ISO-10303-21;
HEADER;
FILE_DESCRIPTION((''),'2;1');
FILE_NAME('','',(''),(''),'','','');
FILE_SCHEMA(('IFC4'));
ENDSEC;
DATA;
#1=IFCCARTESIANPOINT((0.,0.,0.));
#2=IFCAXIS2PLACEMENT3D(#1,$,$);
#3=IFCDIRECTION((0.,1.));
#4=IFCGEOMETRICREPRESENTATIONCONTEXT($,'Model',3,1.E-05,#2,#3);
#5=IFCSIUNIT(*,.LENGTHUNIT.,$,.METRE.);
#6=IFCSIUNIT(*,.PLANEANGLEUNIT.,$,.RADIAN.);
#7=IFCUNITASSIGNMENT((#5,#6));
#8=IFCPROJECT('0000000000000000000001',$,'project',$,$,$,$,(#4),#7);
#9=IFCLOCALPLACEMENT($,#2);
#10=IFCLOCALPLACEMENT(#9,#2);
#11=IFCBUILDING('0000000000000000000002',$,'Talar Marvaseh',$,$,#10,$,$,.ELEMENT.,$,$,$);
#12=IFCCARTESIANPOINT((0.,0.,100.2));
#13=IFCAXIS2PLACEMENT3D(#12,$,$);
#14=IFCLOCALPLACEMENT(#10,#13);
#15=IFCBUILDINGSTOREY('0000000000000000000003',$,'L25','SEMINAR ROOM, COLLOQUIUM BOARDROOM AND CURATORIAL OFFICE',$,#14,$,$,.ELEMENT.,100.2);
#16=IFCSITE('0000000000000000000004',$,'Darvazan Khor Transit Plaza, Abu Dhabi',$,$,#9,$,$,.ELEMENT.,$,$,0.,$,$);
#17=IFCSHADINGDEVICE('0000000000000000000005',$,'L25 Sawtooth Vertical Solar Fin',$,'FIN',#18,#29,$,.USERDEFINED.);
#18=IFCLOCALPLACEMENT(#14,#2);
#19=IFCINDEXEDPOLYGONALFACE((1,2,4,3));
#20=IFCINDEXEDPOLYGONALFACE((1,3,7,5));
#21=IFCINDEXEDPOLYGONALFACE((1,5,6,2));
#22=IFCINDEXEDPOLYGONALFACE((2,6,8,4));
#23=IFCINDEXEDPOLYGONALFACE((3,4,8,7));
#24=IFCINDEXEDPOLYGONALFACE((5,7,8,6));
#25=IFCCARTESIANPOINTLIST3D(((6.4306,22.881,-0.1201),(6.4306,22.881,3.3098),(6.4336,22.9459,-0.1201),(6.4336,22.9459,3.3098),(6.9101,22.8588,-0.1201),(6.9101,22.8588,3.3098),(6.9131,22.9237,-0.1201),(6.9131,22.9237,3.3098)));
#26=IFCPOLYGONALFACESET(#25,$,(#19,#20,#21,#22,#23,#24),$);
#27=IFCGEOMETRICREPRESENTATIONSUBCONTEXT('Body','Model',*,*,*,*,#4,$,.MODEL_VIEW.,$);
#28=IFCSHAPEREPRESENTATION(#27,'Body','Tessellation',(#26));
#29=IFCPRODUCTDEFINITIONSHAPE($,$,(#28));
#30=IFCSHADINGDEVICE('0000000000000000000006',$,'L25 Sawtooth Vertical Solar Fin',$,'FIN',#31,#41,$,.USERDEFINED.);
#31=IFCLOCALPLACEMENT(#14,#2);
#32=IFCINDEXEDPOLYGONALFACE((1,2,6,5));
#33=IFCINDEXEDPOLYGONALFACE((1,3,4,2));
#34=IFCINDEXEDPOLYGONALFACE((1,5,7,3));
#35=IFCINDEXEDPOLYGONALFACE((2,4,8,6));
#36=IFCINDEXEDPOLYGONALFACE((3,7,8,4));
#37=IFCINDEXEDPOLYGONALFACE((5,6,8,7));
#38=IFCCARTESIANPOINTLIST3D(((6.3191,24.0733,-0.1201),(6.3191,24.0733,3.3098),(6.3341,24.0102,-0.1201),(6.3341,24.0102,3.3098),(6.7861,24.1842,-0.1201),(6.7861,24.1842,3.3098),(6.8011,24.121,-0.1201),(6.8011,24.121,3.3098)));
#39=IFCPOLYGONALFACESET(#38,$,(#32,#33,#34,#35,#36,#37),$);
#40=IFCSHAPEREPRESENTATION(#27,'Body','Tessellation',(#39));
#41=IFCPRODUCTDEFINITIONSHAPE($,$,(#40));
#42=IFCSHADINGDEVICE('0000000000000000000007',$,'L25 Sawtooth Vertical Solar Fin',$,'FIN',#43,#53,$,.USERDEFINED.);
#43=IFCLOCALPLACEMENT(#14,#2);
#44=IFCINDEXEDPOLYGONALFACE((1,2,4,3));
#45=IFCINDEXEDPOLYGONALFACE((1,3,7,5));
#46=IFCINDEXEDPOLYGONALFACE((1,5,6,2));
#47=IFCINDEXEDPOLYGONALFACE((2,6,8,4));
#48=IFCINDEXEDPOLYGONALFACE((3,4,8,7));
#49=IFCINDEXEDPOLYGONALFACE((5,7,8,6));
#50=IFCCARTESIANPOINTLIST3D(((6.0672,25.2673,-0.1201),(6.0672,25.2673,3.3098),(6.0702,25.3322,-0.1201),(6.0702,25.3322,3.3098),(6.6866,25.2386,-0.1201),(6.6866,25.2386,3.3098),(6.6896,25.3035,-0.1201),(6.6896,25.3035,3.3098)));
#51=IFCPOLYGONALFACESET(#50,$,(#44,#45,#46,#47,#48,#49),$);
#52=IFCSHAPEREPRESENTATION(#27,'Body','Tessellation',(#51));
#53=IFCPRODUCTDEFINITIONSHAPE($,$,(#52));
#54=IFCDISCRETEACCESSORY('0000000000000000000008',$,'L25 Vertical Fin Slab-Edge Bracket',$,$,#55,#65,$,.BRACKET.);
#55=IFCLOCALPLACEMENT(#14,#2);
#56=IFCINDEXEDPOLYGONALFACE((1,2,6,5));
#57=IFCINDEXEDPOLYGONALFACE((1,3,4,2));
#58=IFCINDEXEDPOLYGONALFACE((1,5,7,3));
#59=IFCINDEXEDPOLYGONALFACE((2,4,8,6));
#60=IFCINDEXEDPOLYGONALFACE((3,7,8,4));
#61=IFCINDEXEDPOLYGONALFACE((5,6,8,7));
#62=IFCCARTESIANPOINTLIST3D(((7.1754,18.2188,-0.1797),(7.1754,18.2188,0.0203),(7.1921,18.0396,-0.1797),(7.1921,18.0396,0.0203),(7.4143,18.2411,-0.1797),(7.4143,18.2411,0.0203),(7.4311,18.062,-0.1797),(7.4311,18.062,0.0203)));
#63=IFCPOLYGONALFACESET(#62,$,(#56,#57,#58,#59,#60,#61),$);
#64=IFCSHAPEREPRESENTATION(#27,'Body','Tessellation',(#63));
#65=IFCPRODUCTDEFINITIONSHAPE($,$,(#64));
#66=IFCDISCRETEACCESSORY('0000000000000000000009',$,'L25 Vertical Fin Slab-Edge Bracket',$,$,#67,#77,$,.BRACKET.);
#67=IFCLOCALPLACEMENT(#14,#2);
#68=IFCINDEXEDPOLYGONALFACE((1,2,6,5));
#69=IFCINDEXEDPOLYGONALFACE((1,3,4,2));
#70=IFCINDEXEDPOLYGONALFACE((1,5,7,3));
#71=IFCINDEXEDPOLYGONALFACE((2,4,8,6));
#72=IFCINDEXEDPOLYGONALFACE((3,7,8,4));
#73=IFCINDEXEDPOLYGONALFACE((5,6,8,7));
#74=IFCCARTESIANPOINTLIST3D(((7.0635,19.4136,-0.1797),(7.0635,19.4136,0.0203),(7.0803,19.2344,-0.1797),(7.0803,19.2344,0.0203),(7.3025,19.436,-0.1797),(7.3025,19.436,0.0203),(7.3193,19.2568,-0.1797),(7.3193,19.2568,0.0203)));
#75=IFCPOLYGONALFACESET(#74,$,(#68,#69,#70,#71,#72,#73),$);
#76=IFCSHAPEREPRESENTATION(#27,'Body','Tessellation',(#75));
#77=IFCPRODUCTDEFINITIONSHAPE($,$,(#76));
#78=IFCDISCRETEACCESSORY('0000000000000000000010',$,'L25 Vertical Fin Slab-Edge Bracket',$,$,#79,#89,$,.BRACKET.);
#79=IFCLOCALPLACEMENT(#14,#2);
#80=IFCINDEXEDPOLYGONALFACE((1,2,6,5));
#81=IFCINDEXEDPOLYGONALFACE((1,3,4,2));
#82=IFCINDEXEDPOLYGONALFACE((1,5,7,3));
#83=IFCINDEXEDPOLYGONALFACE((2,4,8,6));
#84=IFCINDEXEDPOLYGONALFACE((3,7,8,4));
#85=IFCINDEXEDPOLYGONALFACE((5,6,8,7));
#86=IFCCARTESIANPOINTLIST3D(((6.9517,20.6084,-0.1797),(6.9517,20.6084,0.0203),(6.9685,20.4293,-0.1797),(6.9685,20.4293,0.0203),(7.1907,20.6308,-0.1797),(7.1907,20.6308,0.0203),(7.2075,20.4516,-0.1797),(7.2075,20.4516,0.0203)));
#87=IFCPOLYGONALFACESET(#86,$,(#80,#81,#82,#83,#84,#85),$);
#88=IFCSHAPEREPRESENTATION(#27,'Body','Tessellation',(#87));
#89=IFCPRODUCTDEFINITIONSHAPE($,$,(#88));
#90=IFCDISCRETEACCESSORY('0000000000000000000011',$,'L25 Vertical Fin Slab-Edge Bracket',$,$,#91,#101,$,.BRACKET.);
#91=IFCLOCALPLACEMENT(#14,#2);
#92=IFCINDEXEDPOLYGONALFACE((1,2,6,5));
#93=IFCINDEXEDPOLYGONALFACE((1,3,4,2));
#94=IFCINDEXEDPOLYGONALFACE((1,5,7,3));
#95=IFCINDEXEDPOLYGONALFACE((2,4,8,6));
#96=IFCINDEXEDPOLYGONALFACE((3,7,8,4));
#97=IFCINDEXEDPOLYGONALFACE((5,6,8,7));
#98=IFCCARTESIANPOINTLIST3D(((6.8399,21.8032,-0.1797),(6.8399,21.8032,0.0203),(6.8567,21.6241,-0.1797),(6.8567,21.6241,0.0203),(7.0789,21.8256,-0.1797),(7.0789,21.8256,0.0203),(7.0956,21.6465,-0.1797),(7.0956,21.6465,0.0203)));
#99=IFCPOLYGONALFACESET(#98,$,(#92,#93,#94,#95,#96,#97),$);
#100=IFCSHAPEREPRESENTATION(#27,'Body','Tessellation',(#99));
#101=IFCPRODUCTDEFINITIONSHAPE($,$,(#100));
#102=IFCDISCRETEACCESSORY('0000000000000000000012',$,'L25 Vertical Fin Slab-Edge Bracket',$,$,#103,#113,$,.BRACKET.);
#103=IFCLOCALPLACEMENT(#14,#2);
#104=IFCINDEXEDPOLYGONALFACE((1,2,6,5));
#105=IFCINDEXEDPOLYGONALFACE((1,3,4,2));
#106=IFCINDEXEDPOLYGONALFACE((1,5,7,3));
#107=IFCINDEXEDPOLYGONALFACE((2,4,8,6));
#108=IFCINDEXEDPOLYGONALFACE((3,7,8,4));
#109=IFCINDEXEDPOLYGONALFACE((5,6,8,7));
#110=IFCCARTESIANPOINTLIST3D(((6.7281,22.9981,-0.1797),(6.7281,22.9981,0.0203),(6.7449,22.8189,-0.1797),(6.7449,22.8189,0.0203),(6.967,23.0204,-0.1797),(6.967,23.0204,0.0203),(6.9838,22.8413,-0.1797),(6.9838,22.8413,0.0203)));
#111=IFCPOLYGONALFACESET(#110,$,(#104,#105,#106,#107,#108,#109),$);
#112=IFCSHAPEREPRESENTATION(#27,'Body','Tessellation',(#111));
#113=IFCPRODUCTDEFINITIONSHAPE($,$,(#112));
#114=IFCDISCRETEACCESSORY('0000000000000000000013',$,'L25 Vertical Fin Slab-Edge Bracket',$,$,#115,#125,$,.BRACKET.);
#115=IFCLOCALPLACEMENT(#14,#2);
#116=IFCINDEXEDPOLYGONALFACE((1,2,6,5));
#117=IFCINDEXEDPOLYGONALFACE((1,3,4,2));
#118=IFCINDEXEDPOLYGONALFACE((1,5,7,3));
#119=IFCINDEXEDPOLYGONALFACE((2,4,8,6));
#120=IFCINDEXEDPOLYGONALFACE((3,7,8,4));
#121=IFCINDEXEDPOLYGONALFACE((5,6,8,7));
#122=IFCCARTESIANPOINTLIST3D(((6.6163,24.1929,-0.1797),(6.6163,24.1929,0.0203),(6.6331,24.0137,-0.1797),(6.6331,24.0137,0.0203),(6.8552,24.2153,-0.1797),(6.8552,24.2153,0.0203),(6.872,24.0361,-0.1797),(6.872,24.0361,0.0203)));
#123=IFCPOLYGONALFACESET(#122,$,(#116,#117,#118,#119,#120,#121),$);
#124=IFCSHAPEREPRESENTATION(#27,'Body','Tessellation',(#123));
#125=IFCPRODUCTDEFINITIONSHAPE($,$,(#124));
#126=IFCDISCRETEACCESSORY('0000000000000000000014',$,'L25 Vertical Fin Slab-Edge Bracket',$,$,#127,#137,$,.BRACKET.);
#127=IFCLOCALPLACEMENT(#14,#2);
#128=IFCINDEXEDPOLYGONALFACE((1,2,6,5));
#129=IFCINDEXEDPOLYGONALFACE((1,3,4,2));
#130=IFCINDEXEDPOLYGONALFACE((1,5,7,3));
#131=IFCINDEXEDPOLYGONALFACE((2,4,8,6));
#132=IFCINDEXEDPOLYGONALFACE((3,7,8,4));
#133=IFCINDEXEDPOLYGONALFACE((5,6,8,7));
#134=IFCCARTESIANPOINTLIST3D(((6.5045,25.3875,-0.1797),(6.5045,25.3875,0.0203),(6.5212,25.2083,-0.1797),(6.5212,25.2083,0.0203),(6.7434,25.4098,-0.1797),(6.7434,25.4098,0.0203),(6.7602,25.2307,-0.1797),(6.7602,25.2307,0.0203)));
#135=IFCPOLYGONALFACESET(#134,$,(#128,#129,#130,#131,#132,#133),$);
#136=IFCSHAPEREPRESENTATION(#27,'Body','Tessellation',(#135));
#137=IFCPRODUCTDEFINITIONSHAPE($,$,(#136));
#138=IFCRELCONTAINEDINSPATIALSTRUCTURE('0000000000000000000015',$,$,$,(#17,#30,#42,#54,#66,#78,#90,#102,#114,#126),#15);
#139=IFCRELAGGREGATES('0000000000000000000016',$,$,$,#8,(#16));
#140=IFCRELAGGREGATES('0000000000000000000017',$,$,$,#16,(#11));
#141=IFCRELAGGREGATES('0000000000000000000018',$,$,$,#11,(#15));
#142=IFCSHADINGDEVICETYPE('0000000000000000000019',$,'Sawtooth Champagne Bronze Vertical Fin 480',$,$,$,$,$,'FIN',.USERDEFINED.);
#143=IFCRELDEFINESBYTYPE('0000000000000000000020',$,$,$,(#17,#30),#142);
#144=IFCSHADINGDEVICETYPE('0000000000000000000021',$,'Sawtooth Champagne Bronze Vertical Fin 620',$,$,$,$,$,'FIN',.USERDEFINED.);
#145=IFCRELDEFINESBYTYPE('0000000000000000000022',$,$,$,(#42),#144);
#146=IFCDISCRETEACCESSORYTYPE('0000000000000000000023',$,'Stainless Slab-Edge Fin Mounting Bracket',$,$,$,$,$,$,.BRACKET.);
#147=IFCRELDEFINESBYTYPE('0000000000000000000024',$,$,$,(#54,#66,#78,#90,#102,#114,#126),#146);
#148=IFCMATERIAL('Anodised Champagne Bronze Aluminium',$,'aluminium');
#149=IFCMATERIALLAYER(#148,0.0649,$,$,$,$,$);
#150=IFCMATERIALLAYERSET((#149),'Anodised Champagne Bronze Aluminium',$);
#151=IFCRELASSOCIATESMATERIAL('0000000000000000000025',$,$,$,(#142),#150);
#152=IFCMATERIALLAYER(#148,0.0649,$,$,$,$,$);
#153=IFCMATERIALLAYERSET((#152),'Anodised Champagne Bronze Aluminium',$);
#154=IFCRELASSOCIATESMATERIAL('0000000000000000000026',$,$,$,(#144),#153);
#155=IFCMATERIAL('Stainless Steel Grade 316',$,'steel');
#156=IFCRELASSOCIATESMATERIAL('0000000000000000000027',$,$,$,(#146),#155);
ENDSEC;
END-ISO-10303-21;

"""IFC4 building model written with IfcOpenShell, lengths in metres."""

from ifc_helpers import new_model, si_unit, direction, frame, origin, origin_2d, place, context, subcontext, project, spatial, rectangle, extrude, source, transform, mapped, material, layer, layer_set, type_object, type_shapes, element, save


model = new_model("IFC4")

# Units and contexts
model_context = context("Model", 3, precision=1e-05, world=origin(), true_north=direction((0.0, 1.0)))
body_context = subcontext(model_context, "Body", "Model", "MODEL_VIEW")
ifc_project = project(units=[si_unit("LENGTHUNIT", "METRE"), si_unit("PLANEANGLEUNIT", "RADIAN")], contexts=[model_context])

# Site, building, storey
site_placement = place(None, origin())
site = spatial("IfcSite", under=ifc_project, at=site_placement, Name="Darvazan Khor Transit Plaza, Abu Dhabi", CompositionType="ELEMENT", RefElevation=0.0)
building_placement = place(site_placement, origin())
building = spatial("IfcBuilding", under=site, at=building_placement, Name="Talar Marvaseh", CompositionType="ELEMENT")
storey_placement = place(building_placement, frame((0.0, 0.0, 100.2)))
storey = spatial("IfcBuildingStorey", under=building, at=storey_placement, Name="L25", Description="SEMINAR ROOM, COLLOQUIUM BOARDROOM AND CURATORIAL OFFICE", CompositionType="ELEMENT", Elevation=100.2)

# Shading devices
ifc_material_1 = material(Name="Anodised Champagne Bronze Aluminium", Category="aluminium")
ifc_layer_1 = layer(ifc_material_1, 0.0649)
ifc_layer_set_1 = layer_set([ifc_layer_1], Name="Anodised Champagne Bronze Aluminium")
shading_device_type_1 = type_object("IfcShadingDeviceType", Name="Sawtooth Champagne Bronze Vertical Fin 480", ElementType="FIN", PredefinedType="USERDEFINED", material=ifc_layer_set_1)
shared_shape_1 = source(origin(), body_context, "Body", "SweptSolid", [
    extrude(rectangle(XDim=0.48, YDim=0.0649, at=origin_2d()), origin(), (0.0, 0.0, 1.0), 3.4299),
])
type_shapes(shading_device_type_1, [shared_shape_1])
for number, where, z_axis, x_axis, name in (
    (1, (6.6719, 22.9023, -0.1201), (0.0, 0.0, 1.0), (-0.998931, 0.046235, 0.0), "L25 Sawtooth Vertical Solar Fin"),
    (2, (6.5601, 24.0972, -0.1201), (0.0, 0.0, 1.0), (-0.972978, -0.230899, 0.0), "L25 Sawtooth Vertical Solar Fin"),
):
    element("IfcShadingDevice", number, at=place(storey_placement, frame(where, z_axis=z_axis, x_axis=x_axis)), inside=storey, type_object=shading_device_type_1, Name=name, ObjectType="FIN", PredefinedType="USERDEFINED", context=body_context, shape_type="MappedRepresentation", body=[
        mapped(shared_shape_1, transform((0.0, 0.0, 0.0), x_axis=(1.0, 0.0, 0.0), y_axis=(0.0, 1.0, 0.0), z_axis=(0.0, 0.0, 1.0), scale=1.0)),
    ])
ifc_layer_2 = layer(ifc_material_1, 0.0649)
ifc_layer_set_2 = layer_set([ifc_layer_2], Name="Anodised Champagne Bronze Aluminium")
shading_device_type_2 = type_object("IfcShadingDeviceType", Name="Sawtooth Champagne Bronze Vertical Fin 620", ElementType="FIN", PredefinedType="USERDEFINED", material=ifc_layer_set_2)
shared_shape_2 = source(origin(), body_context, "Body", "SweptSolid", [
    extrude(rectangle(XDim=0.6201, YDim=0.0649, at=origin_2d()), origin(), (0.0, 0.0, 1.0), 3.4299),
])
type_shapes(shading_device_type_2, [shared_shape_2])
shading_device_placement = place(storey_placement, frame((6.3784, 25.2854, -0.1201), z_axis=(0.0, 0.0, 1.0), x_axis=(-0.998931, 0.046235, 0.0)))
element("IfcShadingDevice", 3, at=shading_device_placement, inside=storey, type_object=shading_device_type_2, Name="L25 Sawtooth Vertical Solar Fin", ObjectType="FIN", PredefinedType="USERDEFINED", context=body_context, shape_type="MappedRepresentation", body=[
    mapped(shared_shape_2, transform((0.0, 0.0, 0.0), x_axis=(1.0, 0.0, 0.0), y_axis=(0.0, 1.0, 0.0), z_axis=(0.0, 0.0, 1.0), scale=1.0)),
])

# Discrete accessories
ifc_material_2 = material(Name="Stainless Steel Grade 316", Category="steel")
discrete_accessory_type = type_object("IfcDiscreteAccessoryType", Name="Stainless Slab-Edge Fin Mounting Bracket", PredefinedType="BRACKET", material=ifc_material_2)
shared_shape_3 = source(origin(), body_context, "Body", "SweptSolid", [
    extrude(rectangle(XDim=0.24, YDim=0.1799, at=origin_2d()), origin(), (0.0, 0.0, 1.0), 0.2),
])
type_shapes(discrete_accessory_type, [shared_shape_3])
for number, where, z_axis, x_axis, name in (
    (4, (7.3032, 18.1404, -0.1797), (0.0, 0.0, 1.0), (-0.995644, -0.093239, 0.0), "L25 Vertical Fin Slab-Edge Bracket"),
    (5, (7.1914, 19.3352, -0.1797), (0.0, 0.0, 1.0), (-0.995644, -0.093239, 0.0), "L25 Vertical Fin Slab-Edge Bracket"),
    (6, (7.0796, 20.53, -0.1797), (0.0, 0.0, 1.0), (-0.995644, -0.093239, 0.0), "L25 Vertical Fin Slab-Edge Bracket"),
    (7, (6.9678, 21.7249, -0.1797), (0.0, 0.0, 1.0), (-0.995644, -0.093239, 0.0), "L25 Vertical Fin Slab-Edge Bracket"),
    (8, (6.856, 22.9197, -0.1797), (0.0, 0.0, 1.0), (-0.995644, -0.093239, 0.0), "L25 Vertical Fin Slab-Edge Bracket"),
    (9, (6.7441, 24.1145, -0.1797), (0.0, 0.0, 1.0), (-0.995644, -0.093239, 0.0), "L25 Vertical Fin Slab-Edge Bracket"),
    (10, (6.6323, 25.3091, -0.1797), (0.0, 0.0, 1.0), (-0.995644, -0.093239, 0.0), "L25 Vertical Fin Slab-Edge Bracket"),
):
    element("IfcDiscreteAccessory", number, at=place(storey_placement, frame(where, z_axis=z_axis, x_axis=x_axis)), inside=storey, type_object=discrete_accessory_type, Name=name, PredefinedType="BRACKET", context=body_context, shape_type="MappedRepresentation", body=[
        mapped(shared_shape_3, transform((0.0, 0.0, 0.0), x_axis=(1.0, 0.0, 0.0), y_axis=(0.0, 1.0, 0.0), z_axis=(0.0, 0.0, 1.0), scale=1.0)),
    ])

save(model, "model.ifc")
